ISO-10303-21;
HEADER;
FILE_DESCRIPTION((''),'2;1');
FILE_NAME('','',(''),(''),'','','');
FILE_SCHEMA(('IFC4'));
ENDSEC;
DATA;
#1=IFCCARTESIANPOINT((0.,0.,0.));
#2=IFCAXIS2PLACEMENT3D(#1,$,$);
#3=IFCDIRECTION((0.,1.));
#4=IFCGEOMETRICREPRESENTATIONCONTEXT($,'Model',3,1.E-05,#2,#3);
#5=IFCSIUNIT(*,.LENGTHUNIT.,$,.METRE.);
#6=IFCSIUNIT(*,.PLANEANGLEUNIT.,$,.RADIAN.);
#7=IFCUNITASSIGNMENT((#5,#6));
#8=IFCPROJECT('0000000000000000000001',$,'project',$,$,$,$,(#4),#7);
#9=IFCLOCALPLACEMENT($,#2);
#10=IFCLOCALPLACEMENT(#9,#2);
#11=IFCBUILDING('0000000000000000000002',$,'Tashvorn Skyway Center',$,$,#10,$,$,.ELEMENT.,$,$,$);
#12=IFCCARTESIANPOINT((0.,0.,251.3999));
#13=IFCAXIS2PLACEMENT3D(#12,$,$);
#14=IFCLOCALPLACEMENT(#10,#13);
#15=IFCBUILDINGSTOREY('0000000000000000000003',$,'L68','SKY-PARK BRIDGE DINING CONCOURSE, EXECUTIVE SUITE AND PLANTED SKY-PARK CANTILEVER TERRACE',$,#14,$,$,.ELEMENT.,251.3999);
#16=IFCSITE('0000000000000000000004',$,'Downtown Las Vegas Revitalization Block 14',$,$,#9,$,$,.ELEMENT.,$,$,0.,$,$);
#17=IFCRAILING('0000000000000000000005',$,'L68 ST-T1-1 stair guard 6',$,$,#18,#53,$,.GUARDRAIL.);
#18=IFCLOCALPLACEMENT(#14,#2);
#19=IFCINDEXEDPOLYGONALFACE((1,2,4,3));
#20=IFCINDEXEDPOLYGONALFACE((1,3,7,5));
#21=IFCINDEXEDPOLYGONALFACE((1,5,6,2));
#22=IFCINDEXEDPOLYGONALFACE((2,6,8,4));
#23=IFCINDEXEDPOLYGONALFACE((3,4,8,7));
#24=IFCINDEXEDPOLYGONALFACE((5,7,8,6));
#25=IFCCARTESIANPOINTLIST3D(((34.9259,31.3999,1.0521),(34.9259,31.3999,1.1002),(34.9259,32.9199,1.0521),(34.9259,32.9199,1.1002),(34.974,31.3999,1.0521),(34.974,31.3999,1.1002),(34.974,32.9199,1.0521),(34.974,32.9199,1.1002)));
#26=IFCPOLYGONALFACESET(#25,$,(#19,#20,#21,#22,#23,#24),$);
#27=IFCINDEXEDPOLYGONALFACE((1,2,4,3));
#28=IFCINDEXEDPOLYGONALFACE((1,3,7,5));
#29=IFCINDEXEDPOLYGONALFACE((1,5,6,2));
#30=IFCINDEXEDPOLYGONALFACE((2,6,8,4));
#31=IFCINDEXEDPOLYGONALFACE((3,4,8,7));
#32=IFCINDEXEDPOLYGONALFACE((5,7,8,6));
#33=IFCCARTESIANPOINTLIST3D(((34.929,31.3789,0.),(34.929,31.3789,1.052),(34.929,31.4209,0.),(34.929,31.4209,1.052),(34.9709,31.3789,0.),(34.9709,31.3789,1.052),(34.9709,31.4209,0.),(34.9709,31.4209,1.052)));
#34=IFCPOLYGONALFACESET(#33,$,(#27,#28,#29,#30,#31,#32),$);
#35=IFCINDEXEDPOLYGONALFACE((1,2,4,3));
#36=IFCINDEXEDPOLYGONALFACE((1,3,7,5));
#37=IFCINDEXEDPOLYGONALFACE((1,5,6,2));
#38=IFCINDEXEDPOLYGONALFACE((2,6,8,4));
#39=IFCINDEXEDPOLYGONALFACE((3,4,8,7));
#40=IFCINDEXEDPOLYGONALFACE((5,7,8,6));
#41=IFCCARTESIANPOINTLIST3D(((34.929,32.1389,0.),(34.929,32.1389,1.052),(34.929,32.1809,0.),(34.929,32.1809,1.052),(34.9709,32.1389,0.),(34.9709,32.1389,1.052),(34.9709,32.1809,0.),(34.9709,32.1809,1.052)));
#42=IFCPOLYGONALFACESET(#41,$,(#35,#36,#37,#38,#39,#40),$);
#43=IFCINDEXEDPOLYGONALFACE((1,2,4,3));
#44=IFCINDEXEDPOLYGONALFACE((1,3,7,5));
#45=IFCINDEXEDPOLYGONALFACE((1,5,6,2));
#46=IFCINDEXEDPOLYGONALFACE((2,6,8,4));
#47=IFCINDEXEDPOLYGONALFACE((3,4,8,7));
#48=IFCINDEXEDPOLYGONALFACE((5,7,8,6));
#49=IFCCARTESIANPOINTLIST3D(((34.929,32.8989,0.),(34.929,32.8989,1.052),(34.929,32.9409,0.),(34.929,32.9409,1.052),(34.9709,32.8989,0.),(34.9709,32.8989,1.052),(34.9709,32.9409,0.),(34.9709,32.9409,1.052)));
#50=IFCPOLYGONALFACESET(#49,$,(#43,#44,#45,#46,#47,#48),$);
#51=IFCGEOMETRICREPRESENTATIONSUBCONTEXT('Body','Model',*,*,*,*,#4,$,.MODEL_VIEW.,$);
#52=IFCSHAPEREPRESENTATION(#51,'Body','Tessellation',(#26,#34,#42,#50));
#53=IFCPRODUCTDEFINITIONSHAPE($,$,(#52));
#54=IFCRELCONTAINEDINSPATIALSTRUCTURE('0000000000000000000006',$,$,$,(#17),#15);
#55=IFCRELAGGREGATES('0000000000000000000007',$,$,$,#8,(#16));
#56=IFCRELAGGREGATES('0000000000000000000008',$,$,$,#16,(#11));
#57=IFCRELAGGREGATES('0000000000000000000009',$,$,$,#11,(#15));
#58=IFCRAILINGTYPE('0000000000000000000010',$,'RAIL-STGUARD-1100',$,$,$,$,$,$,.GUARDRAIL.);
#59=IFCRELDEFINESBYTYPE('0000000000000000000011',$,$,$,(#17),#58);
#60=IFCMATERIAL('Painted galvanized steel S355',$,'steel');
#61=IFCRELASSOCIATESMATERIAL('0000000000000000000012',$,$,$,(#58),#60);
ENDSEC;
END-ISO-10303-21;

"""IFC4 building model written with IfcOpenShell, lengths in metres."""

from ifc_helpers import new_model, si_unit, direction, frame, origin, origin_2d, place, context, subcontext, project, spatial, rectangle, extrude, material, type_object, element, save


model = new_model("IFC4")

# Units and contexts
model_context = context("Model", 3, precision=1e-05, world=origin(), true_north=direction((0.0, 1.0)))
body_context = subcontext(model_context, "Body", "Model", "MODEL_VIEW")
ifc_project = project(units=[si_unit("LENGTHUNIT", "METRE"), si_unit("PLANEANGLEUNIT", "RADIAN")], contexts=[model_context])

# Site, building, storey
site_placement = place(None, origin())
site = spatial("IfcSite", under=ifc_project, at=site_placement, Name="Downtown Las Vegas Revitalization Block 14", CompositionType="ELEMENT", RefElevation=0.0)
building_placement = place(site_placement, origin())
building = spatial("IfcBuilding", under=site, at=building_placement, Name="Tashvorn Skyway Center", CompositionType="ELEMENT")
storey_placement = place(building_placement, frame((0.0, 0.0, 251.3999)))
storey = spatial("IfcBuildingStorey", under=building, at=storey_placement, Name="L68", Description="SKY-PARK BRIDGE DINING CONCOURSE, EXECUTIVE SUITE AND PLANTED SKY-PARK CANTILEVER TERRACE", CompositionType="ELEMENT", Elevation=251.3999)

# Railing
ifc_material_1 = material(Name="Painted galvanized steel S355", Category="steel")
railing_type_1 = type_object("IfcRailingType", Name="RAIL-STGUARD-1100", PredefinedType="GUARDRAIL", material=ifc_material_1)
railing_1_placement = place(storey_placement, frame((34.95, 31.3999, 0.0)))
element("IfcRailing", 1, at=railing_1_placement, inside=storey, type_object=railing_type_1, Name="L68 ST-T1-1 stair guard 6", PredefinedType="GUARDRAIL", context=body_context, shape_type="SweptSolid", body=[
    extrude(rectangle(XDim=0.0481, YDim=0.0481, at=origin_2d()), frame((0.0, 0.0, 1.0762), z_axis=(0.0, 1.0, 0.0), x_axis=(-1.0, 0.0, 0.0)), (0.0, 0.0, 1.0), 1.52),
    extrude(rectangle(XDim=0.042, YDim=0.042, at=origin_2d()), origin(), (0.0, 0.0, 1.0), 1.052),
    extrude(rectangle(XDim=0.042, YDim=0.042, at=origin_2d()), frame((0.0, 0.76, 0.0)), (0.0, 0.0, 1.0), 1.052),
    extrude(rectangle(XDim=0.042, YDim=0.042, at=origin_2d()), frame((0.0, 1.52, 0.0)), (0.0, 0.0, 1.0), 1.052),
])

save(model, "model.ifc")
